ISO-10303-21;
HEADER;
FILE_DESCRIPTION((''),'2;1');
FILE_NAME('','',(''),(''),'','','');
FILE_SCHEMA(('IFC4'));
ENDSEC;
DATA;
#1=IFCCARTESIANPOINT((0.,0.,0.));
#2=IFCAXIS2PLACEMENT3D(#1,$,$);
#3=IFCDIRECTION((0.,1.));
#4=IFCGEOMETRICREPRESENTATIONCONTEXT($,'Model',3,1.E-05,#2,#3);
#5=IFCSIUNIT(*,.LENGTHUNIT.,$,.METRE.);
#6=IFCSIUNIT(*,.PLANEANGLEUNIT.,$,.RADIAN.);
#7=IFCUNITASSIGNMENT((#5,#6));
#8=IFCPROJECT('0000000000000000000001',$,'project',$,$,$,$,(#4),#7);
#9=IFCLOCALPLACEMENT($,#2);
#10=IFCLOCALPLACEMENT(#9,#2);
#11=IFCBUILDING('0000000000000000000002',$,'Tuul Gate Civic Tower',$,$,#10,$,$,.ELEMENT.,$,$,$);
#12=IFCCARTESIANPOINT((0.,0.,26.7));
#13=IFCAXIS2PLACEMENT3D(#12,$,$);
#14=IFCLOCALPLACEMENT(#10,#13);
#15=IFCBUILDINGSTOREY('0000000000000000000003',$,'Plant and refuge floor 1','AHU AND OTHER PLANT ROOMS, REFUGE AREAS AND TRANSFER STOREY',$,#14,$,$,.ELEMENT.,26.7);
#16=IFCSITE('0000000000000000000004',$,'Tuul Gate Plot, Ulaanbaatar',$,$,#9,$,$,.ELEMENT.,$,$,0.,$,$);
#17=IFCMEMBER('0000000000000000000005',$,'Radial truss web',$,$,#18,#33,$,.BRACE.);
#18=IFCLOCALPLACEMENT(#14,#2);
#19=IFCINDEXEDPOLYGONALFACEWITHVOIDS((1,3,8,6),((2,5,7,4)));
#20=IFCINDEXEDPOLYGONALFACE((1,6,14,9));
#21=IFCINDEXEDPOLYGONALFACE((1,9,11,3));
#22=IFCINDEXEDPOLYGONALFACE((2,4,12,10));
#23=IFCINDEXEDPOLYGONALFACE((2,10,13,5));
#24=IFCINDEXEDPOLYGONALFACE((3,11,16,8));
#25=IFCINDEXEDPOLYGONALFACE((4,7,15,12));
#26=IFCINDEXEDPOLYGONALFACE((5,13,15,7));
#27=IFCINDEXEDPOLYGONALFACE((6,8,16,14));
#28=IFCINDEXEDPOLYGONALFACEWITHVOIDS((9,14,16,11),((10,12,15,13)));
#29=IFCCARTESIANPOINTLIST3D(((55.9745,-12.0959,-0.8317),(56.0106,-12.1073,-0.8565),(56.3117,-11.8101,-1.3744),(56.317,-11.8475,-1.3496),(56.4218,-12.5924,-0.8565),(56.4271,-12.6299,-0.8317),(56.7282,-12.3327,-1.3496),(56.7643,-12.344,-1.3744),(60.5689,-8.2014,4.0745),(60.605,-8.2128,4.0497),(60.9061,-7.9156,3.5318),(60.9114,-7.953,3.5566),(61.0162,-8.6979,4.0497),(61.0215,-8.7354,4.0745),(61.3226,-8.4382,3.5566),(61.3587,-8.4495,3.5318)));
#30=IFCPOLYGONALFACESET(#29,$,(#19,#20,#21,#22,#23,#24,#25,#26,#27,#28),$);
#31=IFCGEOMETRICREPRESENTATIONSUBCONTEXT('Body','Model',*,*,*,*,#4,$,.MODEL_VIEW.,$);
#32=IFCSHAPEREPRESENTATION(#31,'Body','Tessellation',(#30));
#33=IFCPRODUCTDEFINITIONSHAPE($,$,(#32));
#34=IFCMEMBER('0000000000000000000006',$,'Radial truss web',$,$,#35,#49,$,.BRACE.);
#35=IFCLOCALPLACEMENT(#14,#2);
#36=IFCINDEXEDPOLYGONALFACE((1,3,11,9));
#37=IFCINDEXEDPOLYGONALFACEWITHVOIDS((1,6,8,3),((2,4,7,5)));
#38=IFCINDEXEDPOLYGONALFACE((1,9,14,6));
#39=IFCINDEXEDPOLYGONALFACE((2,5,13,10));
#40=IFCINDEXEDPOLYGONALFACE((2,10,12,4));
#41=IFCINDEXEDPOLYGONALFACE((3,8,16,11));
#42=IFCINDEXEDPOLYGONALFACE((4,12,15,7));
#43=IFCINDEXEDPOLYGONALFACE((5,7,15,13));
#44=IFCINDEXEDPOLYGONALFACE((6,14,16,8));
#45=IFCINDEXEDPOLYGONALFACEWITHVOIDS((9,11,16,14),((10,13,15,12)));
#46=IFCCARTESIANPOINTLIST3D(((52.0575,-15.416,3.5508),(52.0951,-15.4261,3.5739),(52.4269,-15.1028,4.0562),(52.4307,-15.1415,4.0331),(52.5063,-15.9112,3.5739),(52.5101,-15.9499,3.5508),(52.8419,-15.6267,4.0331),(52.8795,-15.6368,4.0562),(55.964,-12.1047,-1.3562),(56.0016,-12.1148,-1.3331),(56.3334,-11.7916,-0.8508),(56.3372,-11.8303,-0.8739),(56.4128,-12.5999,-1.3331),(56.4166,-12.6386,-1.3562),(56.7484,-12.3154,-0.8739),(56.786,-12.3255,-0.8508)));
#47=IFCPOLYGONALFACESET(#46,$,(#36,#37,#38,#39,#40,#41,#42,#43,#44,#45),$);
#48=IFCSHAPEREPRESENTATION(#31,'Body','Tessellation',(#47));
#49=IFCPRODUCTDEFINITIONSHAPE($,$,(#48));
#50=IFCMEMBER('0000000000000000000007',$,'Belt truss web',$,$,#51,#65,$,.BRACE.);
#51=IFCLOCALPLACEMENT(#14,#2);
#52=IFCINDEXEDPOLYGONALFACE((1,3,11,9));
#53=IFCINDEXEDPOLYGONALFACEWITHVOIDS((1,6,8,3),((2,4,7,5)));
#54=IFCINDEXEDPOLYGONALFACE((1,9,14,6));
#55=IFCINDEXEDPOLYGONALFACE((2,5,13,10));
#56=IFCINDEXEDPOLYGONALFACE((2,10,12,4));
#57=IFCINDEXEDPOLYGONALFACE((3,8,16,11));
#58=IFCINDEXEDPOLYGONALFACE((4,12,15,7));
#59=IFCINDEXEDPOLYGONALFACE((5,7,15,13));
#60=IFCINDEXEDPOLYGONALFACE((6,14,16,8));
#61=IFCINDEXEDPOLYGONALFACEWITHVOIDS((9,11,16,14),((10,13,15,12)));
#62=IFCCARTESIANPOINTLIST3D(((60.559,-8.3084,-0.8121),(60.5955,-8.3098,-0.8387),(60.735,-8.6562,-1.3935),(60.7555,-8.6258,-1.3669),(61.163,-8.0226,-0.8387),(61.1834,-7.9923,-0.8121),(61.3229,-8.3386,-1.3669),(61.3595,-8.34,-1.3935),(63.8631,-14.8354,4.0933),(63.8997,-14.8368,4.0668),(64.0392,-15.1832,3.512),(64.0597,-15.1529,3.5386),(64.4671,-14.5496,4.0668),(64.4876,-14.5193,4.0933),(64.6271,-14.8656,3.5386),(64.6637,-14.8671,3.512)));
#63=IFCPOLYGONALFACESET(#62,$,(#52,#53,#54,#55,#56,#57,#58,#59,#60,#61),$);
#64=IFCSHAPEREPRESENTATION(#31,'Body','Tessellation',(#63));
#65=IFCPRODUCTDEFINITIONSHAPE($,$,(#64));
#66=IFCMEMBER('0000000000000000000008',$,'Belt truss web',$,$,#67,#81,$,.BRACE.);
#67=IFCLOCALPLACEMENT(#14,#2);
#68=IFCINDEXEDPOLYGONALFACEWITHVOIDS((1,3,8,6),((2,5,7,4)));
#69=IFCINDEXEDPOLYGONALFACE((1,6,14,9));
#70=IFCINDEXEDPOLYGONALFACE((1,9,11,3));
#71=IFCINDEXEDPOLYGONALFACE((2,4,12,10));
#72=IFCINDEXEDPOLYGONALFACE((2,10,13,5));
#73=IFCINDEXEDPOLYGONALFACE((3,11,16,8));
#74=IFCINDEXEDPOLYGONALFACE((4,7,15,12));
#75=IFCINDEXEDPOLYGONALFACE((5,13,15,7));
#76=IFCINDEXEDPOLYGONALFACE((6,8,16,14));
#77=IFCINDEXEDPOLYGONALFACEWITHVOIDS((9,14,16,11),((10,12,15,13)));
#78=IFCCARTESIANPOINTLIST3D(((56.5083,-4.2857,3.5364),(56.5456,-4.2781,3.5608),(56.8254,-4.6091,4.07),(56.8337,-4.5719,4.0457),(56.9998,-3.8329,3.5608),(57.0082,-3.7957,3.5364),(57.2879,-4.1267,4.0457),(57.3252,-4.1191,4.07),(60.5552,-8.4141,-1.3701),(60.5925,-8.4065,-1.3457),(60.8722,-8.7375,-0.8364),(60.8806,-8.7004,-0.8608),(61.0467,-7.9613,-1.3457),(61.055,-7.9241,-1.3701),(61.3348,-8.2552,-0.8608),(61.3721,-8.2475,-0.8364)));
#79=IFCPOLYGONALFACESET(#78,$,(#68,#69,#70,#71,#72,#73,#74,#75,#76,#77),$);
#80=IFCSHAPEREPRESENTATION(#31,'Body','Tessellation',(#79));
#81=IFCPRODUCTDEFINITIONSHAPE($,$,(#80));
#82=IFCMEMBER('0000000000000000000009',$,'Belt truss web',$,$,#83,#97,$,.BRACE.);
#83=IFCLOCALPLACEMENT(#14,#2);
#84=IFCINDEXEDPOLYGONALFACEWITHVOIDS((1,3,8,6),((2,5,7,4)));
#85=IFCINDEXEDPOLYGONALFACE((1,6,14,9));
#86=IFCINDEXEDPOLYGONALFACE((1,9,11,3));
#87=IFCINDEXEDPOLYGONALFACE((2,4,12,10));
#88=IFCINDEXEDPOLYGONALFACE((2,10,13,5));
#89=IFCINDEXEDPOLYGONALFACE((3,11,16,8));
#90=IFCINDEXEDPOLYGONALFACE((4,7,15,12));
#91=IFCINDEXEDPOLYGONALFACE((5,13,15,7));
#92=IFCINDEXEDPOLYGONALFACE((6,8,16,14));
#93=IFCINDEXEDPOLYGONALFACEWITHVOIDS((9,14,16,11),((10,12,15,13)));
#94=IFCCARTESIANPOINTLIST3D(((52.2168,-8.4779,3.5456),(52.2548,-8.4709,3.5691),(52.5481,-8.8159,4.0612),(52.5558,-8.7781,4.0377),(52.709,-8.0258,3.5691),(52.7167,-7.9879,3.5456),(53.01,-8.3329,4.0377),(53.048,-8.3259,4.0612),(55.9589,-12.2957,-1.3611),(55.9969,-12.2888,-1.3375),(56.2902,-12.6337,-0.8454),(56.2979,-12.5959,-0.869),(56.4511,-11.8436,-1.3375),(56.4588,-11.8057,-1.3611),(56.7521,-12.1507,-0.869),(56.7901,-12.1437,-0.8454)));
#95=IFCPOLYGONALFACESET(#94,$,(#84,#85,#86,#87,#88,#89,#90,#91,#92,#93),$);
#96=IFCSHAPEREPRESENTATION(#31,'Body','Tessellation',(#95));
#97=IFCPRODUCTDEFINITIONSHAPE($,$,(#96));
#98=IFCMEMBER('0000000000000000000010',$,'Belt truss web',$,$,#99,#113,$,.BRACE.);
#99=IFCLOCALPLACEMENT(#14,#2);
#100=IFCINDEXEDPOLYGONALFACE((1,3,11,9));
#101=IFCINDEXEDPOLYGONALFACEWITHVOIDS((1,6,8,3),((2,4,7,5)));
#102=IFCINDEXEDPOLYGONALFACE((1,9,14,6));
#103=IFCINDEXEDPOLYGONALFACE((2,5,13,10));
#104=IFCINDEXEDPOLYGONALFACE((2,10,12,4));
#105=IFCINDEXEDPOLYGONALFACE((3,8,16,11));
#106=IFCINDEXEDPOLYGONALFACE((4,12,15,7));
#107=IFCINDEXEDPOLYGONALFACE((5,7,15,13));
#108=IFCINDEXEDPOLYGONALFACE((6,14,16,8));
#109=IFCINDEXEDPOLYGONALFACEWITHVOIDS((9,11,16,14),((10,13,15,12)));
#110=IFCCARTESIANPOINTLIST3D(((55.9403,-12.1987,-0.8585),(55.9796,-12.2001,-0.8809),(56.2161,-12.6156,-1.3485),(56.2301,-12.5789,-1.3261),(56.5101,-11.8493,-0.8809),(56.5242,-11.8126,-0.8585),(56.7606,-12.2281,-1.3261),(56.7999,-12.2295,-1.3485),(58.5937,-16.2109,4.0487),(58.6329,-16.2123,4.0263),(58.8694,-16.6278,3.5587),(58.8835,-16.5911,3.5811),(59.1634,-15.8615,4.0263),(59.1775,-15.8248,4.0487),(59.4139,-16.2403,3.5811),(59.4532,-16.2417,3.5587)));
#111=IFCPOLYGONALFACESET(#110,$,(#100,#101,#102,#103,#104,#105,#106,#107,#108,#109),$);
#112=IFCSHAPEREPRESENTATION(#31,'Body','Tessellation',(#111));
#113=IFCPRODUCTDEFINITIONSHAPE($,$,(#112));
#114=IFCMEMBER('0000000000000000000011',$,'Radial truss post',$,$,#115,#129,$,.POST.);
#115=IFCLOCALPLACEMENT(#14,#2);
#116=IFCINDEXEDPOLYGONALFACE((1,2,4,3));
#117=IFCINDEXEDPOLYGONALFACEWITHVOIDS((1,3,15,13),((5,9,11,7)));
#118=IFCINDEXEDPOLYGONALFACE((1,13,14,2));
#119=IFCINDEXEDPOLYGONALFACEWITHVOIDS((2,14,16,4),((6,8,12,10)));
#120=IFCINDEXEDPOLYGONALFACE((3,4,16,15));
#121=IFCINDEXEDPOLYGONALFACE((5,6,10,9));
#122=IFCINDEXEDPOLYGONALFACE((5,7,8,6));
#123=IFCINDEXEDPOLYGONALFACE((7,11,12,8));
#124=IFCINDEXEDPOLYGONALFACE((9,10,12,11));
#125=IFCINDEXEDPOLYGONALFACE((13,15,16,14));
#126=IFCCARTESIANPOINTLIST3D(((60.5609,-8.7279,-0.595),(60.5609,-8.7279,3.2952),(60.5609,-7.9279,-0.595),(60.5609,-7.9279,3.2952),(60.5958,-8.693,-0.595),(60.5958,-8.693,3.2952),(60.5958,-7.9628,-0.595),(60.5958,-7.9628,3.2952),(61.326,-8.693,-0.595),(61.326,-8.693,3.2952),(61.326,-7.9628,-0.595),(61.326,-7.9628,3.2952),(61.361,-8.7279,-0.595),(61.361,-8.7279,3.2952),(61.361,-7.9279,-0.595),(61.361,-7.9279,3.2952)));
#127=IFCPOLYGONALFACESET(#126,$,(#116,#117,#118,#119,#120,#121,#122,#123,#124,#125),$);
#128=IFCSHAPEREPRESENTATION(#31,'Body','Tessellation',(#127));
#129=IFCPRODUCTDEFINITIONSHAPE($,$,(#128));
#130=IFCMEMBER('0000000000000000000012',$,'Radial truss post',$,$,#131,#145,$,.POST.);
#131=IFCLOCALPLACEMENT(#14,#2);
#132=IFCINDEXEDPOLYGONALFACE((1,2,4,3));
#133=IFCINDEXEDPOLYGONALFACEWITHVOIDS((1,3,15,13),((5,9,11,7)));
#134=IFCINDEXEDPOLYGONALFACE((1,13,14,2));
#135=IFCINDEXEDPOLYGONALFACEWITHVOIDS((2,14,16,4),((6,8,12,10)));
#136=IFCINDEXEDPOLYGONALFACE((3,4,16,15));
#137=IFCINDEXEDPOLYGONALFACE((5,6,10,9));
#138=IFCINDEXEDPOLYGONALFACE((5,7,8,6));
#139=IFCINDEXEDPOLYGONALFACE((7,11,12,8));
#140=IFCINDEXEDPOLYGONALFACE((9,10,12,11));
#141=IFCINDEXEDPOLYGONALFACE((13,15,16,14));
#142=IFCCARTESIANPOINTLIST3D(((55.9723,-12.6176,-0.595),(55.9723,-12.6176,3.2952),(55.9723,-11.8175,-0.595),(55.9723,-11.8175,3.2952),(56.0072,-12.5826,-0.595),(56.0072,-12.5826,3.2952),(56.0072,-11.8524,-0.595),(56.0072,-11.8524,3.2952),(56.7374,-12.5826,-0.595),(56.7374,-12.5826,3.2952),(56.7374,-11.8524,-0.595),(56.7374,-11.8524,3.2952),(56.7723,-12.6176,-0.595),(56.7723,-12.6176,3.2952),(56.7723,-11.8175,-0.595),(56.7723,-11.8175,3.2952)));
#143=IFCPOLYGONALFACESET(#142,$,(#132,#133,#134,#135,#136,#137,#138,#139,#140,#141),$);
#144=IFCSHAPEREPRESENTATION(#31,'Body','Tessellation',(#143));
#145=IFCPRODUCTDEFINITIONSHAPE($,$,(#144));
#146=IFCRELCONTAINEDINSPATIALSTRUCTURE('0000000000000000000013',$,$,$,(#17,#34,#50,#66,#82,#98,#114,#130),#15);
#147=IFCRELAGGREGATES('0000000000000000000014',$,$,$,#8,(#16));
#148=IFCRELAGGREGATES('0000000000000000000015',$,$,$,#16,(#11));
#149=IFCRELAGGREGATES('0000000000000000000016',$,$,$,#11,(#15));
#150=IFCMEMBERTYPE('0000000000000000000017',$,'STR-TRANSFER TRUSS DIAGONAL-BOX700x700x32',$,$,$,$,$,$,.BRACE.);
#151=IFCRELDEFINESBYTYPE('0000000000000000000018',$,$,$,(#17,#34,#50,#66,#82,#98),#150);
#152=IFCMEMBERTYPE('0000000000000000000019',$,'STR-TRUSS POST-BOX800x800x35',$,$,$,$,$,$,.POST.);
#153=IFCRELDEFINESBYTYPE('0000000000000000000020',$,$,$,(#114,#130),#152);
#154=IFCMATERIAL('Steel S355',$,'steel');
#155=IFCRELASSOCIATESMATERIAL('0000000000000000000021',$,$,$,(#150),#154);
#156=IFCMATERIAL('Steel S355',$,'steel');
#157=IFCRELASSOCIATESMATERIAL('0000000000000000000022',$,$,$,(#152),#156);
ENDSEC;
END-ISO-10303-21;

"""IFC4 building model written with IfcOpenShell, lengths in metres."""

from ifc_helpers import new_model, si_unit, direction, frame, origin, origin_2d, place, context, subcontext, project, spatial, hollow_rectangle, extrude, material, material_profile, profile_set, type_object, element, save


model = new_model("IFC4")

# Units and contexts
model_context = context("Model", 3, precision=1e-05, world=origin(), true_north=direction((0.0, 1.0)))
body_context = subcontext(model_context, "Body", "Model", "MODEL_VIEW")
ifc_project = project(units=[si_unit("LENGTHUNIT", "METRE"), si_unit("PLANEANGLEUNIT", "RADIAN")], contexts=[model_context])

# Site, building, storey
site_placement = place(None, origin())
site = spatial("IfcSite", under=ifc_project, at=site_placement, Name="Tuul Gate Plot, Ulaanbaatar", CompositionType="ELEMENT", RefElevation=0.0)
building_placement = place(site_placement, origin())
building = spatial("IfcBuilding", under=site, at=building_placement, Name="Tuul Gate Civic Tower", CompositionType="ELEMENT")
storey_placement = place(building_placement, frame((0.0, 0.0, 26.7)))
storey = spatial("IfcBuildingStorey", under=building, at=storey_placement, Name="Plant and refuge floor 1", Description="AHU AND OTHER PLANT ROOMS, REFUGE AREAS AND TRANSFER STOREY", CompositionType="ELEMENT", Elevation=26.7)

# Members
ifc_material_1 = material(Name="Steel S355", Category="steel")
ifc_material_profile_1 = material_profile(ifc_material_1, hollow_rectangle(XDim=0.7, YDim=0.7, WallThickness=0.032, at=origin_2d()), Name="BOX700x700x32")
ifc_profile_set_1 = profile_set([ifc_material_profile_1], Name="Steel S355")
member_type_1 = type_object("IfcMemberType", Name="STR-TRANSFER TRUSS DIAGONAL-BOX700x700x32", PredefinedType="BRACE", material=ifc_profile_set_1)
member_1_placement = place(storey_placement, frame((56.3694, -12.22, -1.103), z_axis=(0.591433, 0.50133, 0.631566), x_axis=(-0.646609, 0.762822, 0.0)))
element("IfcMember", 1, at=member_1_placement, inside=storey, type_object=member_type_1, Name="Radial truss web", PredefinedType="BRACE", context=body_context, shape_type="SweptSolid", body=[
    extrude(hollow_rectangle(XDim=0.7, YDim=0.7, WallThickness=0.032, at=origin_2d()), origin(), (0.0, 0.0, 1.0), 7.7683),
])
member_2_placement = place(storey_placement, frame((56.375, -12.2151, -1.1035), z_axis=(-0.550791, -0.46687, 0.691854), x_axis=(0.6466, -0.762829, 0.0)))
element("IfcMember", 2, at=member_2_placement, inside=storey, type_object=member_type_1, Name="Radial truss web", PredefinedType="BRACE", context=body_context, shape_type="SweptSolid", body=[
    extrude(hollow_rectangle(XDim=0.7, YDim=0.7, WallThickness=0.032, at=origin_2d()), origin(), (0.0, 0.0, 1.0), 7.0925),
])
member_3_placement = place(storey_placement, frame((60.9592, -8.3242, -1.1028), z_axis=(0.375126, -0.741023, 0.556925), x_axis=(0.892194, 0.451653, 0.0)))
element("IfcMember", 3, at=member_3_placement, inside=storey, type_object=member_type_1, Name="Belt truss web", PredefinedType="BRACE", context=body_context, shape_type="SweptSolid", body=[
    extrude(hollow_rectangle(XDim=0.7, YDim=0.7, WallThickness=0.032, at=origin_2d()), origin(), (0.0, 0.0, 1.0), 8.8081),
])
member_4_placement = place(storey_placement, frame((60.9636, -8.3308, -1.1033), z_axis=(-0.533711, 0.544465, 0.647079), x_axis=(-0.714124, -0.700019, 0.0)))
element("IfcMember", 4, at=member_4_placement, inside=storey, type_object=member_type_1, Name="Belt truss web", PredefinedType="BRACE", context=body_context, shape_type="SweptSolid", body=[
    extrude(hollow_rectangle(XDim=0.7, YDim=0.7, WallThickness=0.032, at=origin_2d()), origin(), (0.0, 0.0, 1.0), 7.5825),
])
member_5_placement = place(storey_placement, frame((56.3745, -12.2197, -1.1033), z_axis=(-0.515704, 0.526134, 0.676189), x_axis=(-0.71415, -0.699993, 0.0)))
element("IfcMember", 5, at=member_5_placement, inside=storey, type_object=member_type_1, Name="Belt truss web", PredefinedType="BRACE", context=body_context, shape_type="SweptSolid", body=[
    extrude(hollow_rectangle(XDim=0.7, YDim=0.7, WallThickness=0.032, at=origin_2d()), origin(), (0.0, 0.0, 1.0), 7.2563),
])
member_6_placement = place(storey_placement, frame((56.3701, -12.2141, -1.1035), z_axis=(0.386129, -0.583883, 0.714132), x_axis=(0.834106, 0.551604, 0.0)))
element("IfcMember", 6, at=member_6_placement, inside=storey, type_object=member_type_1, Name="Belt truss web", PredefinedType="BRACE", context=body_context, shape_type="SweptSolid", body=[
    extrude(hollow_rectangle(XDim=0.7, YDim=0.7, WallThickness=0.032, at=origin_2d()), origin(), (0.0, 0.0, 1.0), 6.8716),
])
ifc_material_2 = material(Name="Steel S355", Category="steel")
ifc_material_profile_2 = material_profile(ifc_material_2, hollow_rectangle(XDim=0.8, YDim=0.8, WallThickness=0.0349, at=origin_2d()), Name="BOX800x800x35")
ifc_profile_set_2 = profile_set([ifc_material_profile_2], Name="Steel S355")
member_type_2 = type_object("IfcMemberType", Name="STR-TRUSS POST-BOX800x800x35", PredefinedType="POST", material=ifc_profile_set_2)
for number, where, z_axis, x_axis, name in (
    (7, (60.9609, -8.3279, -0.595), (0.0, 0.0, 1.0), (1.0, 0.0, 0.0), "Radial truss post"),
    (8, (56.3723, -12.2175, -0.595), (0.0, 0.0, 1.0), (1.0, 0.0, 0.0), "Radial truss post"),
):
    element("IfcMember", number, at=place(storey_placement, frame(where, z_axis=z_axis, x_axis=x_axis)), inside=storey, type_object=member_type_2, Name=name, PredefinedType="POST", context=body_context, shape_type="SweptSolid", body=[
        extrude(hollow_rectangle(XDim=0.8, YDim=0.8, WallThickness=0.0349, at=origin_2d()), origin(), (0.0, 0.0, 1.0), 3.8901),
    ])

save(model, "model.ifc")
